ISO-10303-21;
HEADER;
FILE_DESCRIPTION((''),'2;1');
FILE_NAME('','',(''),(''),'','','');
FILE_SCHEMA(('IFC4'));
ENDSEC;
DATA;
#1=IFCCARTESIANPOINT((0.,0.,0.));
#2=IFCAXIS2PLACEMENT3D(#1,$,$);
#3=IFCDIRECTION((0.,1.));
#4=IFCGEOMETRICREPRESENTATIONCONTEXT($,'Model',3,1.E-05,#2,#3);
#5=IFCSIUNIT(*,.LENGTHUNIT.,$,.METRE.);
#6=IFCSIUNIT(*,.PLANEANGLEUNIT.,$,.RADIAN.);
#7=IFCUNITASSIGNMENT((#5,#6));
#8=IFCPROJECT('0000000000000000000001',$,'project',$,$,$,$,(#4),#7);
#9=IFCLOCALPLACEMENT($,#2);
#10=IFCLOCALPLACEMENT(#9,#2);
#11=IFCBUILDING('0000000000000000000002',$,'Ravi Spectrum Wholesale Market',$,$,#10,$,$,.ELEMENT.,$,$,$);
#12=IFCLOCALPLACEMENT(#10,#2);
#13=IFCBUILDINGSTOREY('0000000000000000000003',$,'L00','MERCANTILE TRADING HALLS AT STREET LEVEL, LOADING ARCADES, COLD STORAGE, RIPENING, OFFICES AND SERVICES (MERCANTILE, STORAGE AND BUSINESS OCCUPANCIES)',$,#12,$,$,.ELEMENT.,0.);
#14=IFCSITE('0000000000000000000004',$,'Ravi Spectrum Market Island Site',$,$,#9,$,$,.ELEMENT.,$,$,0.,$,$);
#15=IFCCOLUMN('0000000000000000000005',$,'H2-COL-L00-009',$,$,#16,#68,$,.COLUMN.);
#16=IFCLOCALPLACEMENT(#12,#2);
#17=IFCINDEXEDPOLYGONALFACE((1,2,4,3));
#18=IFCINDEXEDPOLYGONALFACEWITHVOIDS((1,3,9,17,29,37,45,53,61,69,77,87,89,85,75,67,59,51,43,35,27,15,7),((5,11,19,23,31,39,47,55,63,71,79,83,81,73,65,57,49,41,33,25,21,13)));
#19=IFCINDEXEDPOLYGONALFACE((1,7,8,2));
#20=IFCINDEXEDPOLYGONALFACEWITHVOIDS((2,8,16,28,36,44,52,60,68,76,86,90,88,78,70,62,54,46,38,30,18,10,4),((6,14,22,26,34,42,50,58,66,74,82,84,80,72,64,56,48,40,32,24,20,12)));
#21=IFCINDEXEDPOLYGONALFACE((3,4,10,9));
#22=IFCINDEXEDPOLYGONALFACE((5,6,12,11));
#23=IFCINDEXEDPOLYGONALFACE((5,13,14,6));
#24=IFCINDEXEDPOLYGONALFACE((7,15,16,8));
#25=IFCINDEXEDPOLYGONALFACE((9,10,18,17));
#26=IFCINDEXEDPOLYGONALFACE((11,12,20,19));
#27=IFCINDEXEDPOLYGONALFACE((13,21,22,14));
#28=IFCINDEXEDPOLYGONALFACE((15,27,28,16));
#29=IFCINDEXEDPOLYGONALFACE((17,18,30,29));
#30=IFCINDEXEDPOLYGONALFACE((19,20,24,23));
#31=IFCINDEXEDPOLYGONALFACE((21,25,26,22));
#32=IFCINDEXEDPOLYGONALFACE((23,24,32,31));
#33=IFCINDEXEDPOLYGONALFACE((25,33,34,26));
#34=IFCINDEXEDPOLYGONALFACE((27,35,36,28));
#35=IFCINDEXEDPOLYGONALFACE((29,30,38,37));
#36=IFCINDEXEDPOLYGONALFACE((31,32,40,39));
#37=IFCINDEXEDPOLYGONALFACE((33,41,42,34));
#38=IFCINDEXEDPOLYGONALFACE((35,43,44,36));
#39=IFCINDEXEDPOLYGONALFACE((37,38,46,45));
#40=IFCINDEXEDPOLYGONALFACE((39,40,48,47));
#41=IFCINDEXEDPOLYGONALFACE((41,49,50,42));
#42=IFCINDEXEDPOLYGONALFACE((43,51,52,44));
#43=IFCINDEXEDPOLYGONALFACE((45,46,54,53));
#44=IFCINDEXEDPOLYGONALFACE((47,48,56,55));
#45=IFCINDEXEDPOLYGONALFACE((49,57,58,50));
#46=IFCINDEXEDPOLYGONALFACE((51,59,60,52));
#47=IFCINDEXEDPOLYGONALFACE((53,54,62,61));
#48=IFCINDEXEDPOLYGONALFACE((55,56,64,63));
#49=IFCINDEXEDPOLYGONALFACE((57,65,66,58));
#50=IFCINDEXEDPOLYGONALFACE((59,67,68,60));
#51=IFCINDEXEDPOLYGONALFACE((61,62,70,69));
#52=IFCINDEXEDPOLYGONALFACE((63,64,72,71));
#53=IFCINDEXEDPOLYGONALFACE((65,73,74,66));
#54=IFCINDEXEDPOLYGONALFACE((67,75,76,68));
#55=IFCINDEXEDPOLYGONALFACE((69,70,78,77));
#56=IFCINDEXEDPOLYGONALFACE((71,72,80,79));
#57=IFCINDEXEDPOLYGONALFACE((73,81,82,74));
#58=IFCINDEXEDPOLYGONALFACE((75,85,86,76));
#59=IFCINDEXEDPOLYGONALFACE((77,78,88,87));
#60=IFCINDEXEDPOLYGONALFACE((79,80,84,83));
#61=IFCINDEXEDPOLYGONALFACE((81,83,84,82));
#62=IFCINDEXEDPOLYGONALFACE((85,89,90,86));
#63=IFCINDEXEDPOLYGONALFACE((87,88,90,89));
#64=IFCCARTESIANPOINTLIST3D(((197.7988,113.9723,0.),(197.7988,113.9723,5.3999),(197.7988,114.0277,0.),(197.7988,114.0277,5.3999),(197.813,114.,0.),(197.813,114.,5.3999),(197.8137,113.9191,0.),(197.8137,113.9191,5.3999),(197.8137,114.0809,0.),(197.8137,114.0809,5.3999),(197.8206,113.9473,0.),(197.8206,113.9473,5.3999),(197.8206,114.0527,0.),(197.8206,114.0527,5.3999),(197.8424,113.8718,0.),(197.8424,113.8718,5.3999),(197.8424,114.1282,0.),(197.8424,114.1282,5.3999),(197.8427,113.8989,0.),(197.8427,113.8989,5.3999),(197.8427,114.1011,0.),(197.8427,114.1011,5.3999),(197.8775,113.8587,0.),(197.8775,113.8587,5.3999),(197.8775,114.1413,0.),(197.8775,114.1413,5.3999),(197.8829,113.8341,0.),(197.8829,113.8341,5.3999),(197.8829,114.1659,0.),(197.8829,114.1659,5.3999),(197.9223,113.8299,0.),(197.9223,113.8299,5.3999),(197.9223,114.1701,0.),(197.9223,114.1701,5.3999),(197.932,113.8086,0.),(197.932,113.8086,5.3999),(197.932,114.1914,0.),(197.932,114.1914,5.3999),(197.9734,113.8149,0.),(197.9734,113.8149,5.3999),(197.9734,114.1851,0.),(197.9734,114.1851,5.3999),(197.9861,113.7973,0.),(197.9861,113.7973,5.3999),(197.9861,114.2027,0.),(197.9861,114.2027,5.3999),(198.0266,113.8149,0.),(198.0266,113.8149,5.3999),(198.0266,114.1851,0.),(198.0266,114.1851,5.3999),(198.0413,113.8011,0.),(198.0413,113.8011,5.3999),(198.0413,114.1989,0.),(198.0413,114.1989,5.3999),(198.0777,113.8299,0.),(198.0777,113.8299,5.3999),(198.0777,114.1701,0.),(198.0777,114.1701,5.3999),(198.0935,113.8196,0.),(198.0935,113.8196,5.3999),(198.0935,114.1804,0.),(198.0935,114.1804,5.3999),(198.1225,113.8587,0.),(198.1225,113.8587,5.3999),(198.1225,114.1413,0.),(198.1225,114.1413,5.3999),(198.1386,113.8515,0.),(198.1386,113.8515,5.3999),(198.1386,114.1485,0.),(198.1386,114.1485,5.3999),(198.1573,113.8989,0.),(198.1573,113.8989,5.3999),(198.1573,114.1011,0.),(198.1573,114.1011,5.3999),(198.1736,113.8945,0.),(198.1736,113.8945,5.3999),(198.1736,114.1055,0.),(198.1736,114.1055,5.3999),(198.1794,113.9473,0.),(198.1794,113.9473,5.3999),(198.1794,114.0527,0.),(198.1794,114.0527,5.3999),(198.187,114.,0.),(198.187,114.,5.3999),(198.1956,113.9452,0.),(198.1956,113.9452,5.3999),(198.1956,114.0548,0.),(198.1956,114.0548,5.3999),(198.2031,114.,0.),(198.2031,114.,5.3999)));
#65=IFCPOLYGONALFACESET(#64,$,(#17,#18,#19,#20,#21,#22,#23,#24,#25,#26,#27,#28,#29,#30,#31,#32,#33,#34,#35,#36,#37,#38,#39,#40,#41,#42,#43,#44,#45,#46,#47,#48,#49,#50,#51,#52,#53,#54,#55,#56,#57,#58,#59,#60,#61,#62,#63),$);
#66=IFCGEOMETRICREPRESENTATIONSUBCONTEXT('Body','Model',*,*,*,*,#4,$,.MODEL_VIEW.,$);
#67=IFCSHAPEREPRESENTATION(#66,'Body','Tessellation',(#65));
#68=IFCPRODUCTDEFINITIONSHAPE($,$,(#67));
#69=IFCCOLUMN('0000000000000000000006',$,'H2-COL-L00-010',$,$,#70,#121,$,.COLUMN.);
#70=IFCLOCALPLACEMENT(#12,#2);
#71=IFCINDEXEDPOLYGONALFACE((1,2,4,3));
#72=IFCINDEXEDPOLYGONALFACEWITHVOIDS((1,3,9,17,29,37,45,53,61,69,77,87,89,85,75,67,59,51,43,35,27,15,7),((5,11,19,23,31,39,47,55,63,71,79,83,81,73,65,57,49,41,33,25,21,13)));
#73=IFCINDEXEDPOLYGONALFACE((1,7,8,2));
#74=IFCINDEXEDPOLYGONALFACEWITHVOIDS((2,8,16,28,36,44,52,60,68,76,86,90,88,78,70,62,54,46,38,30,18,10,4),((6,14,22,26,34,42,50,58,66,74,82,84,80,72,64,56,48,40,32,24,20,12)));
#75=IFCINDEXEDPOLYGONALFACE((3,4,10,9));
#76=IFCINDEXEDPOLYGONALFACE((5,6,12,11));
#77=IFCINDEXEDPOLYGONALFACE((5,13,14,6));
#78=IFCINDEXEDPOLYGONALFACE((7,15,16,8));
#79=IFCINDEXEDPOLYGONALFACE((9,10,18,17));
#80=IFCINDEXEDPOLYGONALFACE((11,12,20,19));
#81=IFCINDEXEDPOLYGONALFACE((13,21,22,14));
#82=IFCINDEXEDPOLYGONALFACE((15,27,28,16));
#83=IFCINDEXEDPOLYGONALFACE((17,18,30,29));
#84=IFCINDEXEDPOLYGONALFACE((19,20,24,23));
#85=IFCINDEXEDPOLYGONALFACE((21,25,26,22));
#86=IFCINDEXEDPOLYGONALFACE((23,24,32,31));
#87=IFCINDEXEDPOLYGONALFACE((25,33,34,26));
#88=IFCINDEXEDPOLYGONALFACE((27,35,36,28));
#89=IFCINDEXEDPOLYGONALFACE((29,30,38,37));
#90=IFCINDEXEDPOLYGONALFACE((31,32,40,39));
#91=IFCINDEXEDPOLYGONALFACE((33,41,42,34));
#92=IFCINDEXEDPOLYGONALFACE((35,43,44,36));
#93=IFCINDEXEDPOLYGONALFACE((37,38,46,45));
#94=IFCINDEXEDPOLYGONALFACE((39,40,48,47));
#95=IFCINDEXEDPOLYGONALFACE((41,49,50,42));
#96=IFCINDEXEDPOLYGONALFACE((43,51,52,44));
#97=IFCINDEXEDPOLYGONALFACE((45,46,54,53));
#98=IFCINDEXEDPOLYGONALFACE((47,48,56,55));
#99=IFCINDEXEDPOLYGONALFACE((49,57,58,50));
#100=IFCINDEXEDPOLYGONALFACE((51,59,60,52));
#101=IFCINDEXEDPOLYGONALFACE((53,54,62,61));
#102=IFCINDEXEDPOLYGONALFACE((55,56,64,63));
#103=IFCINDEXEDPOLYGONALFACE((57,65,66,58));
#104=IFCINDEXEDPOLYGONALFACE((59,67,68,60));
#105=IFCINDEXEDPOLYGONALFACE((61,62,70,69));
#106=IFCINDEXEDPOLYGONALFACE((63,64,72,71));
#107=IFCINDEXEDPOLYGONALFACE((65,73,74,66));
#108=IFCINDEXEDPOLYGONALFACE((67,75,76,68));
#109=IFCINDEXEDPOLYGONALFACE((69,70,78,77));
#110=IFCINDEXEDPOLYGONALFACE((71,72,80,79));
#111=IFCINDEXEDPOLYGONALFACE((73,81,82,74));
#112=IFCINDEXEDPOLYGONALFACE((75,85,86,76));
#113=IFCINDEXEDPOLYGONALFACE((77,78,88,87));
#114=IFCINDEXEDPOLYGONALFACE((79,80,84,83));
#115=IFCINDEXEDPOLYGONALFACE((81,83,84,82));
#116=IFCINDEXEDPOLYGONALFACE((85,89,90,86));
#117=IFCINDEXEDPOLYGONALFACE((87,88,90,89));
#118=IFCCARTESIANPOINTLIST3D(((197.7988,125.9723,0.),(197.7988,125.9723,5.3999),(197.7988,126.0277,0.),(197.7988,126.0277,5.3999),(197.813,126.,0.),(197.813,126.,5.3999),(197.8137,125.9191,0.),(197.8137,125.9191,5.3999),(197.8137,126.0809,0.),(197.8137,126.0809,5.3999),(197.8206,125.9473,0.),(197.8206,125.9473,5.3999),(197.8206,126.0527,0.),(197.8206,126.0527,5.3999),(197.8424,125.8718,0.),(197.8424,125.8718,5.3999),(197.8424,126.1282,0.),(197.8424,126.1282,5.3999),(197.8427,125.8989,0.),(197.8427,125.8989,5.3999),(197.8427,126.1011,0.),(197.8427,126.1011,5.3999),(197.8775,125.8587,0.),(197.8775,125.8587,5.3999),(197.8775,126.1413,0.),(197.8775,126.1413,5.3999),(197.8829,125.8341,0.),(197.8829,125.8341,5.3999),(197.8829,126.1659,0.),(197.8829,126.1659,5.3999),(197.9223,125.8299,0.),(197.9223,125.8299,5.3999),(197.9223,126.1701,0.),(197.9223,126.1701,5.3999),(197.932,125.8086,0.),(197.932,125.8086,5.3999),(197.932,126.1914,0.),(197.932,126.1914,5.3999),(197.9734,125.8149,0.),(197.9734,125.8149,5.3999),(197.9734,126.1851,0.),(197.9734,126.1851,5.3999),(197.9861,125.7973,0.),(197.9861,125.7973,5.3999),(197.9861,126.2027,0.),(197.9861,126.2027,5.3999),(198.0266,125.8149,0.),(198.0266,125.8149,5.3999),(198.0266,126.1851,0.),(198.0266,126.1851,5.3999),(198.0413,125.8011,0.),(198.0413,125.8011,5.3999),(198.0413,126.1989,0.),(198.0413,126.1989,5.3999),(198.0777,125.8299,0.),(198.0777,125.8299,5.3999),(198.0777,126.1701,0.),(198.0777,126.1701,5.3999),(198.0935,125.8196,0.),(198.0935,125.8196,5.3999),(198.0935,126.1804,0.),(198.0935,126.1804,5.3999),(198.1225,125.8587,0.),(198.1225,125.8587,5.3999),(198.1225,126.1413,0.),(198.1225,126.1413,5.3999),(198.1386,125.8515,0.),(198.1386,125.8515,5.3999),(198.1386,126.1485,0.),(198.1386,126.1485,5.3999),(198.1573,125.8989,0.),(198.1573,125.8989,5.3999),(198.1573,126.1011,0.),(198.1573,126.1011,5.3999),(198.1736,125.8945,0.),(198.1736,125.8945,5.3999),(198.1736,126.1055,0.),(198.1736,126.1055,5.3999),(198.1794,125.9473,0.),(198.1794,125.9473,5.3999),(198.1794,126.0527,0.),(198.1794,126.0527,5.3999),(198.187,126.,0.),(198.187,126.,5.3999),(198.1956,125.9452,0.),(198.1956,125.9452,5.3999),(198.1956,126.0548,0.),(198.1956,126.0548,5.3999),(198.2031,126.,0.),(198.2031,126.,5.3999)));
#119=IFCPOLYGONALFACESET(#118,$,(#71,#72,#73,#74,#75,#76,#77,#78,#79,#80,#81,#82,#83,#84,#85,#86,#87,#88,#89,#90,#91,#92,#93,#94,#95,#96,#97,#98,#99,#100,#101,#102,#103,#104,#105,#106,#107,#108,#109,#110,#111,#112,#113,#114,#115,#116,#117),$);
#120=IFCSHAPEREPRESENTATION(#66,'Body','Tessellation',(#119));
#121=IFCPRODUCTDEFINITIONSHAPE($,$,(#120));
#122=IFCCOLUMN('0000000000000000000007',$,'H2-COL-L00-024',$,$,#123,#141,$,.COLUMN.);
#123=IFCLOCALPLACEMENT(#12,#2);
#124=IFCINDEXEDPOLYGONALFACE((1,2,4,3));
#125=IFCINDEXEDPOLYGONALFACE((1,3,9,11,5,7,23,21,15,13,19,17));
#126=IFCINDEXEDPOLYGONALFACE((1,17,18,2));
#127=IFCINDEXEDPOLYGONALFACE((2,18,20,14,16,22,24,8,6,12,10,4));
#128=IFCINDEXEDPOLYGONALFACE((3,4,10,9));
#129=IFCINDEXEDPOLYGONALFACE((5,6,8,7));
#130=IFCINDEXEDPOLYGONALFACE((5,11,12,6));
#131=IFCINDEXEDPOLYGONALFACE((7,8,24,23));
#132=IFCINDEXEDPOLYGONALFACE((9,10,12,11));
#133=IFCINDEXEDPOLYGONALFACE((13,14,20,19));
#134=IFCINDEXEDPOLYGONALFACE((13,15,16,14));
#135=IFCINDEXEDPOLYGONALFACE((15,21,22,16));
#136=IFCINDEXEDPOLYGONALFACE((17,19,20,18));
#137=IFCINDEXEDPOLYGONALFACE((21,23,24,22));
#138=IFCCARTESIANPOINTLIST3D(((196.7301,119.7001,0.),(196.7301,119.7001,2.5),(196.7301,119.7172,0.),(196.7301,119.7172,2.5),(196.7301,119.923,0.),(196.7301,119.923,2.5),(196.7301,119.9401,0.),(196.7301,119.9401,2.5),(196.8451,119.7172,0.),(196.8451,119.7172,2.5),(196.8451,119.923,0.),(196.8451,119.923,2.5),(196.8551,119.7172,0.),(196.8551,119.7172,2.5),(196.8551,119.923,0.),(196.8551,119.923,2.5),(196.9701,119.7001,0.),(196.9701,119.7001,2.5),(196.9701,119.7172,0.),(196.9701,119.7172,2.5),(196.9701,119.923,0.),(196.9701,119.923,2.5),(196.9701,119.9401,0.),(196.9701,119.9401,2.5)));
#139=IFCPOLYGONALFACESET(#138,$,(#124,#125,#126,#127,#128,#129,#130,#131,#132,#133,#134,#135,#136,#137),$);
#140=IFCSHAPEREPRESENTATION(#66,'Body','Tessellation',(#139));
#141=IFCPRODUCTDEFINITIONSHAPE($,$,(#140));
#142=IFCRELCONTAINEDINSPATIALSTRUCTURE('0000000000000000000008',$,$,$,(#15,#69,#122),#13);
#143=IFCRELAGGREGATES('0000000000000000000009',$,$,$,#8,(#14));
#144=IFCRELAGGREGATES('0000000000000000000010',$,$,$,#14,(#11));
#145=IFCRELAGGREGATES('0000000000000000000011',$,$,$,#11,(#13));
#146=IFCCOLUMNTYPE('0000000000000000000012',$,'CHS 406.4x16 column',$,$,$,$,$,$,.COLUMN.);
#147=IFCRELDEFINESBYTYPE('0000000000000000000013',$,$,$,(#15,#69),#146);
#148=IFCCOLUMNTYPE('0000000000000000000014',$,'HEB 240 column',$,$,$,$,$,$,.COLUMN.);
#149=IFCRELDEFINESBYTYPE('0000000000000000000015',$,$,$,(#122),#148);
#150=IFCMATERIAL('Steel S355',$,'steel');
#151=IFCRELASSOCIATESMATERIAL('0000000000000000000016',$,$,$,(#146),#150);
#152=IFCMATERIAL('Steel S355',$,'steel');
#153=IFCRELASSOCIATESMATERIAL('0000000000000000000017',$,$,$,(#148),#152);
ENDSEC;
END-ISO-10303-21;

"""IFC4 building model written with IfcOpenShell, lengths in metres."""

from ifc_helpers import new_model, si_unit, direction, frame, origin, origin_2d, place, context, subcontext, project, spatial, hollow_circle, i_section, extrude, material, material_profile, profile_set, type_object, element, save


model = new_model("IFC4")

# Units and contexts
model_context = context("Model", 3, precision=1e-05, world=origin(), true_north=direction((0.0, 1.0)))
body_context = subcontext(model_context, "Body", "Model", "MODEL_VIEW")
ifc_project = project(units=[si_unit("LENGTHUNIT", "METRE"), si_unit("PLANEANGLEUNIT", "RADIAN")], contexts=[model_context])

# Site, building, storey
site_placement = place(None, origin())
site = spatial("IfcSite", under=ifc_project, at=site_placement, Name="Ravi Spectrum Market Island Site", CompositionType="ELEMENT", RefElevation=0.0)
building_placement = place(site_placement, origin())
building = spatial("IfcBuilding", under=site, at=building_placement, Name="Ravi Spectrum Wholesale Market", CompositionType="ELEMENT")
storey_placement = place(building_placement, origin())
storey = spatial("IfcBuildingStorey", under=building, at=storey_placement, Name="L00", Description="MERCANTILE TRADING HALLS AT STREET LEVEL, LOADING ARCADES, COLD STORAGE, RIPENING, OFFICES AND SERVICES (MERCANTILE, STORAGE AND BUSINESS OCCUPANCIES)", CompositionType="ELEMENT", Elevation=0.0)

# Columns
ifc_material_1 = material(Name="Steel S355", Category="steel")
ifc_material_profile_1 = material_profile(ifc_material_1, hollow_circle(Radius=0.2031, WallThickness=0.0161, at=origin_2d()))
ifc_profile_set_1 = profile_set([ifc_material_profile_1], Name="Steel S355")
column_type_1 = type_object("IfcColumnType", Name="CHS 406.4x16 column", PredefinedType="COLUMN", material=ifc_profile_set_1)
for number, where, z_axis, x_axis, name in (
    (1, (198.0, 114.0, 0.0), (0.0, 0.0, 1.0), (1.0, 0.0, 0.0), "H2-COL-L00-009"),
    (2, (198.0, 126.0, 0.0), (0.0, 0.0, 1.0), (1.0, 0.0, 0.0), "H2-COL-L00-010"),
):
    element("IfcColumn", number, at=place(storey_placement, frame(where, z_axis=z_axis, x_axis=x_axis)), inside=storey, type_object=column_type_1, Name=name, PredefinedType="COLUMN", context=body_context, shape_type="SweptSolid", body=[
        extrude(hollow_circle(Radius=0.2031, WallThickness=0.0161, at=origin_2d()), origin(), (0.0, 0.0, 1.0), 5.3999),
    ])
ifc_material_2 = material(Name="Steel S355", Category="steel")
ifc_material_profile_2 = material_profile(ifc_material_2, i_section(OverallWidth=0.24, OverallDepth=0.24, WebThickness=0.01, FlangeThickness=0.0171, at=origin_2d()))
ifc_profile_set_2 = profile_set([ifc_material_profile_2], Name="Steel S355")
column_type_2 = type_object("IfcColumnType", Name="HEB 240 column", PredefinedType="COLUMN", material=ifc_profile_set_2)
column_placement = place(storey_placement, frame((196.8501, 119.8201, 0.0), z_axis=(0.0, 0.0, 1.0), x_axis=(1.0, 0.0, 0.0)))
element("IfcColumn", 3, at=column_placement, inside=storey, type_object=column_type_2, Name="H2-COL-L00-024", PredefinedType="COLUMN", context=body_context, shape_type="SweptSolid", body=[
    extrude(i_section(OverallWidth=0.24, OverallDepth=0.24, WebThickness=0.01, FlangeThickness=0.0171, at=origin_2d()), origin(), (0.0, 0.0, 1.0), 2.5),
])

save(model, "model.ifc")
